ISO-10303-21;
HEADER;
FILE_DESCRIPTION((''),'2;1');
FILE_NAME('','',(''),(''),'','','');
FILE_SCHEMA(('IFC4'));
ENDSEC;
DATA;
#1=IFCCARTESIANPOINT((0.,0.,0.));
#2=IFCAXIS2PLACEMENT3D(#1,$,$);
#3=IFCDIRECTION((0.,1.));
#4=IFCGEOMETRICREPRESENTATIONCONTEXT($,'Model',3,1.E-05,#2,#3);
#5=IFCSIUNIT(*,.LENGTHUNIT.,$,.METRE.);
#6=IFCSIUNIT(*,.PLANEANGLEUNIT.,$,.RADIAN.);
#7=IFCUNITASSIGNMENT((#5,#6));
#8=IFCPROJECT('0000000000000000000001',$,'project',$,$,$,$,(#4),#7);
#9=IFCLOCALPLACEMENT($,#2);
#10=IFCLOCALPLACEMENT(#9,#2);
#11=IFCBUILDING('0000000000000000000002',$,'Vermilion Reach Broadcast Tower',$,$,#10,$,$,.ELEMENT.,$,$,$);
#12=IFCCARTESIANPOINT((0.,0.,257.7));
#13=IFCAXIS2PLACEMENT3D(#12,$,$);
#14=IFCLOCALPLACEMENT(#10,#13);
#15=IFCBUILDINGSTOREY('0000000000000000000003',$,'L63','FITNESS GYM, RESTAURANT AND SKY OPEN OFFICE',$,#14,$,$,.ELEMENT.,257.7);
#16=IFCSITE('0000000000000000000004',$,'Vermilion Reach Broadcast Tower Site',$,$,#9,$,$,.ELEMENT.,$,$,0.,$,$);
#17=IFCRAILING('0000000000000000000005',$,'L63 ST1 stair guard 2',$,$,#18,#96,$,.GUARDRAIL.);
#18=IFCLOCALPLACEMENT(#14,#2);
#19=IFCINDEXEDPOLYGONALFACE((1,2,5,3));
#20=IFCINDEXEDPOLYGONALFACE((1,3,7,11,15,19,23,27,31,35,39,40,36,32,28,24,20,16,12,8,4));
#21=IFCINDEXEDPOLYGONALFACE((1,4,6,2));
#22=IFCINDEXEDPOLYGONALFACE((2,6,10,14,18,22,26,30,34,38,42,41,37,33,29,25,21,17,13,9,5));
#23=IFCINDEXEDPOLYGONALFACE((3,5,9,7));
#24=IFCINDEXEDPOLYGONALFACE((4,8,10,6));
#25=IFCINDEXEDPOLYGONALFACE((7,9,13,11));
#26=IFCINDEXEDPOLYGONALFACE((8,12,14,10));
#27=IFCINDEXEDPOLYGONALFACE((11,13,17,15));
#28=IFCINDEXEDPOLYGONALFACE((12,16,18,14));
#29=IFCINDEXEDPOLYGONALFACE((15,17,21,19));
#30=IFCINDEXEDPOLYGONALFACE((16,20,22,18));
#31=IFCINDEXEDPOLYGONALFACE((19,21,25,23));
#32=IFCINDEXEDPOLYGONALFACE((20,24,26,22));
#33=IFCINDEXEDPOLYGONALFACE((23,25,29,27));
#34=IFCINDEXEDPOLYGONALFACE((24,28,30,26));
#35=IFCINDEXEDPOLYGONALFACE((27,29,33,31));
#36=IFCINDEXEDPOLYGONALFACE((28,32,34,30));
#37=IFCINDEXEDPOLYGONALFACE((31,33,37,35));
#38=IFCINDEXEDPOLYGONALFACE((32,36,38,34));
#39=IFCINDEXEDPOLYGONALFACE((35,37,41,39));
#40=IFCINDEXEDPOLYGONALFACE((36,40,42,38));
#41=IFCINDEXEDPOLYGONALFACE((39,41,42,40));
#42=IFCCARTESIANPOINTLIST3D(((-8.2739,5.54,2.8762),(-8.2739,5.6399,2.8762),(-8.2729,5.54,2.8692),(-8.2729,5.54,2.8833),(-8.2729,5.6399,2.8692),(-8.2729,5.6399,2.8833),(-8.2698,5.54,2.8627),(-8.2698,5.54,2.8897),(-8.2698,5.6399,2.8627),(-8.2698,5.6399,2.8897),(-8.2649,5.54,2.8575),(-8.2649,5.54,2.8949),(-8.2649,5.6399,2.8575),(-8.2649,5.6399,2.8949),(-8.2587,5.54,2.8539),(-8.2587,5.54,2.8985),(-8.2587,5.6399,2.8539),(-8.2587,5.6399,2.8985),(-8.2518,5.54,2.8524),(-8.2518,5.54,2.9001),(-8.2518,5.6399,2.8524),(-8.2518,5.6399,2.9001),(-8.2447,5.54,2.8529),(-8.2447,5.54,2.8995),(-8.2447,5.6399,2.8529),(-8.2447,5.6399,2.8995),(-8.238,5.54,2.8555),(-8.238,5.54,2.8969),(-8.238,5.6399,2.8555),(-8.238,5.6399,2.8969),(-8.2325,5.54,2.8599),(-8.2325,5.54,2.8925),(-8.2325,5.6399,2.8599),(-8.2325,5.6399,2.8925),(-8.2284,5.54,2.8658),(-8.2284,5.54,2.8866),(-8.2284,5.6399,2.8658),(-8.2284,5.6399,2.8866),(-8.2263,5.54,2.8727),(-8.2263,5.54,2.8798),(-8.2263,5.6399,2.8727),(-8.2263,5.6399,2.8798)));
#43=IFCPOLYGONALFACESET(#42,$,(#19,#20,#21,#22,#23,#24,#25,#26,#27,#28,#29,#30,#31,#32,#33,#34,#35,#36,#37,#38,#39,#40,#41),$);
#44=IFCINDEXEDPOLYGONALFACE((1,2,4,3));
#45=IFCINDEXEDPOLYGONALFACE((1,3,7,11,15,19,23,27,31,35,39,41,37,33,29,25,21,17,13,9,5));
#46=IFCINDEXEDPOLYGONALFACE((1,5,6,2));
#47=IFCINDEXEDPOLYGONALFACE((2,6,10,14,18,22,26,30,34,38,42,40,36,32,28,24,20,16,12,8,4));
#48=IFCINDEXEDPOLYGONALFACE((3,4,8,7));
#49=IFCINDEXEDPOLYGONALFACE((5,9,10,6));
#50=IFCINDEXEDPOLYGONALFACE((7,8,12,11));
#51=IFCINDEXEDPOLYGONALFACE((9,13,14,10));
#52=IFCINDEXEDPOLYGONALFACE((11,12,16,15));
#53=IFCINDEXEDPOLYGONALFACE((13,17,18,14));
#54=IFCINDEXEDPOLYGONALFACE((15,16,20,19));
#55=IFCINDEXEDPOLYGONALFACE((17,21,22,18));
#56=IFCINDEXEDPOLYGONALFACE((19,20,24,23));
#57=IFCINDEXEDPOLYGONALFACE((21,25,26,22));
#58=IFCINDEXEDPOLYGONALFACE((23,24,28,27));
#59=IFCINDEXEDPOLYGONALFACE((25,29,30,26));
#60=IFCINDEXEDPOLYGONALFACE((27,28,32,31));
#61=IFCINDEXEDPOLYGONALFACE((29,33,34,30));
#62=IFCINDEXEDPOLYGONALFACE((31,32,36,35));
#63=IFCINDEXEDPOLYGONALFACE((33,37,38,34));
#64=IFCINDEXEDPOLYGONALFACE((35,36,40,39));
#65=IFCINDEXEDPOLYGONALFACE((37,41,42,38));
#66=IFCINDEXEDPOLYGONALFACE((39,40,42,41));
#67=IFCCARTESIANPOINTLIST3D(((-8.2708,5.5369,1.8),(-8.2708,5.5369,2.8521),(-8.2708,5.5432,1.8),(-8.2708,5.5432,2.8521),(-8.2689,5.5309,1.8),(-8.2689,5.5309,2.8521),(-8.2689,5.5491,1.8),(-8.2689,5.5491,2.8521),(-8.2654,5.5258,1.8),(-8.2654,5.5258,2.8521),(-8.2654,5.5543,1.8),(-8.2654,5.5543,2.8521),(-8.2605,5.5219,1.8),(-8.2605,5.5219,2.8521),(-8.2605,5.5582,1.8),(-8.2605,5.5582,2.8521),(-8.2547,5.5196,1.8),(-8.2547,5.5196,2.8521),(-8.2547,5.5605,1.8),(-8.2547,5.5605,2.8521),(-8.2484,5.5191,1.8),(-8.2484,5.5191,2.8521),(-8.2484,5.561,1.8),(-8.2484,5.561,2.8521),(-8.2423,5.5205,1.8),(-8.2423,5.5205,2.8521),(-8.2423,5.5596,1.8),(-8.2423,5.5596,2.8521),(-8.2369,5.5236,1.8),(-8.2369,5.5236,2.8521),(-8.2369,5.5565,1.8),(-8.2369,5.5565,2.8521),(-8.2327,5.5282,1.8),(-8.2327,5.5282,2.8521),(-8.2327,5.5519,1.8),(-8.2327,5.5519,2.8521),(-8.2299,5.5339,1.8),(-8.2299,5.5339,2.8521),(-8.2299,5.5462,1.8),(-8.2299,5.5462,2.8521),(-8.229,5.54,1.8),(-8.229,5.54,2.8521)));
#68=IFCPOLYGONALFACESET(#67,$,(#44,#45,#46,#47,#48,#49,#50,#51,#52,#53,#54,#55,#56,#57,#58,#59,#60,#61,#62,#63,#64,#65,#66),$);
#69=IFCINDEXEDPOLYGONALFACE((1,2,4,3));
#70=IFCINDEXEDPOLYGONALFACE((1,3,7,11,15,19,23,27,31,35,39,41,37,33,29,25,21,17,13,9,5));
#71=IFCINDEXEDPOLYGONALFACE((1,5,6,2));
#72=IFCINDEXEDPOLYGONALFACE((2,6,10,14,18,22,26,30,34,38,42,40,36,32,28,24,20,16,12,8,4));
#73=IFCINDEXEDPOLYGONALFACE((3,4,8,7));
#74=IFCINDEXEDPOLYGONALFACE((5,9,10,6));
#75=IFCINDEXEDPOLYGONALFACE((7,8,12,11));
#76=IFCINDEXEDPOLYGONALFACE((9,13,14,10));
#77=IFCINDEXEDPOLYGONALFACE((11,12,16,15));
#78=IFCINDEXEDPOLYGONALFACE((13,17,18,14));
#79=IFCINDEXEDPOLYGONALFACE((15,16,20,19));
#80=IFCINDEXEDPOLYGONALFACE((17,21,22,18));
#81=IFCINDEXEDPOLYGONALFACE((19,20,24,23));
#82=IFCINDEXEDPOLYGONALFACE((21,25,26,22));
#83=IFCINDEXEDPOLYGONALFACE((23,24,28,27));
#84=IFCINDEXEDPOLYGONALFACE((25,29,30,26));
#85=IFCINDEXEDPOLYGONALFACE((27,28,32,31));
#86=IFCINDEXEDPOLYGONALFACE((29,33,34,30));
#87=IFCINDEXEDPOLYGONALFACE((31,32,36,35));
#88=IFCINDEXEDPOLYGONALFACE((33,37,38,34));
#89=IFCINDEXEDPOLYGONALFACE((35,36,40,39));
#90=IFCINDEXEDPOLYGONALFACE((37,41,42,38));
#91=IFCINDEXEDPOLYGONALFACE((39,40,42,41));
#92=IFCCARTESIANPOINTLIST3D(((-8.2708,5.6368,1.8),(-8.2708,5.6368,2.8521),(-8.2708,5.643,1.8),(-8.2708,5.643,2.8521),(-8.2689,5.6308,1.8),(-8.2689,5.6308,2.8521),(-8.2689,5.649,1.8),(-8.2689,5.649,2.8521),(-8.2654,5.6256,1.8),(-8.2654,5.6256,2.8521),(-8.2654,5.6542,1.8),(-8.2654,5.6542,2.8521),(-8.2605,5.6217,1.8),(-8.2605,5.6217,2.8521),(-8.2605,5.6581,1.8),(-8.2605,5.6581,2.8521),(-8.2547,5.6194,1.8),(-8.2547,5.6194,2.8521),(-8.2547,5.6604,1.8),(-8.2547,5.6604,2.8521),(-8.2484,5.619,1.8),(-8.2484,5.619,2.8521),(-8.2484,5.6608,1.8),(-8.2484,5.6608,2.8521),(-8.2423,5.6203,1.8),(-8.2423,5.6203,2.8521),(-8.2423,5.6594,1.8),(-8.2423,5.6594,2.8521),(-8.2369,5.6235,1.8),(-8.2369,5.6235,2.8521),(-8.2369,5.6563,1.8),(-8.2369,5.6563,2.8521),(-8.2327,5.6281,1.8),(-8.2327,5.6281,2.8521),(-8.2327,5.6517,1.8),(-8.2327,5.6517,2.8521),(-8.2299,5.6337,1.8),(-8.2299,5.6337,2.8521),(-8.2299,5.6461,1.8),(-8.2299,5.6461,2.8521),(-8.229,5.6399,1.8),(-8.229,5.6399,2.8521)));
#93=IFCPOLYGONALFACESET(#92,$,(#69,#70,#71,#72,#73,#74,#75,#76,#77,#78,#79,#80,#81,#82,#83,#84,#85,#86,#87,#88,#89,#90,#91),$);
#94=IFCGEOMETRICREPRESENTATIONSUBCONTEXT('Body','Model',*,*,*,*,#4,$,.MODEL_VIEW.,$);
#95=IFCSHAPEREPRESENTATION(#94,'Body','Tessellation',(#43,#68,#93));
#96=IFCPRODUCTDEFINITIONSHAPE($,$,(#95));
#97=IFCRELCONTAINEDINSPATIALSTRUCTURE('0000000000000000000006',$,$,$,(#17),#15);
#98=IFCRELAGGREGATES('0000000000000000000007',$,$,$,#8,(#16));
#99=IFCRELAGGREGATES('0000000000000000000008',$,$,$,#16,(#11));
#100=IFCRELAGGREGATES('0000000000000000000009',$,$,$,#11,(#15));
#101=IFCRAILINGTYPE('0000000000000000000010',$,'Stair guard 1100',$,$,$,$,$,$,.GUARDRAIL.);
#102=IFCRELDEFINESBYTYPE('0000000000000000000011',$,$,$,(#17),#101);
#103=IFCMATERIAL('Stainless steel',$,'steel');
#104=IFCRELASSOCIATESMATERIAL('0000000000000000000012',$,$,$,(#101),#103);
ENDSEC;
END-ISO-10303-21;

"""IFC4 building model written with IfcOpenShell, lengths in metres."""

from ifc_helpers import new_model, si_unit, direction, frame, origin, origin_2d, place, context, subcontext, project, spatial, circle, extrude, material, type_object, element, save


model = new_model("IFC4")

# Units and contexts
model_context = context("Model", 3, precision=1e-05, world=origin(), true_north=direction((0.0, 1.0)))
body_context = subcontext(model_context, "Body", "Model", "MODEL_VIEW")
ifc_project = project(units=[si_unit("LENGTHUNIT", "METRE"), si_unit("PLANEANGLEUNIT", "RADIAN")], contexts=[model_context])

# Site, building, storey
site_placement = place(None, origin())
site = spatial("IfcSite", under=ifc_project, at=site_placement, Name="Vermilion Reach Broadcast Tower Site", CompositionType="ELEMENT", RefElevation=0.0)
building_placement = place(site_placement, origin())
building = spatial("IfcBuilding", under=site, at=building_placement, Name="Vermilion Reach Broadcast Tower", CompositionType="ELEMENT")
storey_placement = place(building_placement, frame((0.0, 0.0, 257.7)))
storey = spatial("IfcBuildingStorey", under=building, at=storey_placement, Name="L63", Description="FITNESS GYM, RESTAURANT AND SKY OPEN OFFICE", CompositionType="ELEMENT", Elevation=257.7)

# Railing
ifc_material_1 = material(Name="Stainless steel", Category="steel")
railing_type_1 = type_object("IfcRailingType", Name="Stair guard 1100", PredefinedType="GUARDRAIL", material=ifc_material_1)
railing_1_placement = place(storey_placement, frame((-8.25, 5.54, 1.8)))
element("IfcRailing", 1, at=railing_1_placement, inside=storey, type_object=railing_type_1, Name="L63 ST1 stair guard 2", PredefinedType="GUARDRAIL", context=body_context, shape_type="SweptSolid", body=[
    extrude(circle(Radius=0.0239, at=origin_2d()), frame((0.0, 0.0, 1.0762), z_axis=(0.0, 1.0, 0.0), x_axis=(-1.0, 0.0, 0.0)), (0.0, 0.0, 1.0), 0.0999),
    extrude(circle(Radius=0.021, at=origin_2d()), origin(), (0.0, 0.0, 1.0), 1.052),
    extrude(circle(Radius=0.021, at=origin_2d()), frame((0.0, 0.0999, 0.0)), (0.0, 0.0, 1.0), 1.052),
])

save(model, "model.ifc")
